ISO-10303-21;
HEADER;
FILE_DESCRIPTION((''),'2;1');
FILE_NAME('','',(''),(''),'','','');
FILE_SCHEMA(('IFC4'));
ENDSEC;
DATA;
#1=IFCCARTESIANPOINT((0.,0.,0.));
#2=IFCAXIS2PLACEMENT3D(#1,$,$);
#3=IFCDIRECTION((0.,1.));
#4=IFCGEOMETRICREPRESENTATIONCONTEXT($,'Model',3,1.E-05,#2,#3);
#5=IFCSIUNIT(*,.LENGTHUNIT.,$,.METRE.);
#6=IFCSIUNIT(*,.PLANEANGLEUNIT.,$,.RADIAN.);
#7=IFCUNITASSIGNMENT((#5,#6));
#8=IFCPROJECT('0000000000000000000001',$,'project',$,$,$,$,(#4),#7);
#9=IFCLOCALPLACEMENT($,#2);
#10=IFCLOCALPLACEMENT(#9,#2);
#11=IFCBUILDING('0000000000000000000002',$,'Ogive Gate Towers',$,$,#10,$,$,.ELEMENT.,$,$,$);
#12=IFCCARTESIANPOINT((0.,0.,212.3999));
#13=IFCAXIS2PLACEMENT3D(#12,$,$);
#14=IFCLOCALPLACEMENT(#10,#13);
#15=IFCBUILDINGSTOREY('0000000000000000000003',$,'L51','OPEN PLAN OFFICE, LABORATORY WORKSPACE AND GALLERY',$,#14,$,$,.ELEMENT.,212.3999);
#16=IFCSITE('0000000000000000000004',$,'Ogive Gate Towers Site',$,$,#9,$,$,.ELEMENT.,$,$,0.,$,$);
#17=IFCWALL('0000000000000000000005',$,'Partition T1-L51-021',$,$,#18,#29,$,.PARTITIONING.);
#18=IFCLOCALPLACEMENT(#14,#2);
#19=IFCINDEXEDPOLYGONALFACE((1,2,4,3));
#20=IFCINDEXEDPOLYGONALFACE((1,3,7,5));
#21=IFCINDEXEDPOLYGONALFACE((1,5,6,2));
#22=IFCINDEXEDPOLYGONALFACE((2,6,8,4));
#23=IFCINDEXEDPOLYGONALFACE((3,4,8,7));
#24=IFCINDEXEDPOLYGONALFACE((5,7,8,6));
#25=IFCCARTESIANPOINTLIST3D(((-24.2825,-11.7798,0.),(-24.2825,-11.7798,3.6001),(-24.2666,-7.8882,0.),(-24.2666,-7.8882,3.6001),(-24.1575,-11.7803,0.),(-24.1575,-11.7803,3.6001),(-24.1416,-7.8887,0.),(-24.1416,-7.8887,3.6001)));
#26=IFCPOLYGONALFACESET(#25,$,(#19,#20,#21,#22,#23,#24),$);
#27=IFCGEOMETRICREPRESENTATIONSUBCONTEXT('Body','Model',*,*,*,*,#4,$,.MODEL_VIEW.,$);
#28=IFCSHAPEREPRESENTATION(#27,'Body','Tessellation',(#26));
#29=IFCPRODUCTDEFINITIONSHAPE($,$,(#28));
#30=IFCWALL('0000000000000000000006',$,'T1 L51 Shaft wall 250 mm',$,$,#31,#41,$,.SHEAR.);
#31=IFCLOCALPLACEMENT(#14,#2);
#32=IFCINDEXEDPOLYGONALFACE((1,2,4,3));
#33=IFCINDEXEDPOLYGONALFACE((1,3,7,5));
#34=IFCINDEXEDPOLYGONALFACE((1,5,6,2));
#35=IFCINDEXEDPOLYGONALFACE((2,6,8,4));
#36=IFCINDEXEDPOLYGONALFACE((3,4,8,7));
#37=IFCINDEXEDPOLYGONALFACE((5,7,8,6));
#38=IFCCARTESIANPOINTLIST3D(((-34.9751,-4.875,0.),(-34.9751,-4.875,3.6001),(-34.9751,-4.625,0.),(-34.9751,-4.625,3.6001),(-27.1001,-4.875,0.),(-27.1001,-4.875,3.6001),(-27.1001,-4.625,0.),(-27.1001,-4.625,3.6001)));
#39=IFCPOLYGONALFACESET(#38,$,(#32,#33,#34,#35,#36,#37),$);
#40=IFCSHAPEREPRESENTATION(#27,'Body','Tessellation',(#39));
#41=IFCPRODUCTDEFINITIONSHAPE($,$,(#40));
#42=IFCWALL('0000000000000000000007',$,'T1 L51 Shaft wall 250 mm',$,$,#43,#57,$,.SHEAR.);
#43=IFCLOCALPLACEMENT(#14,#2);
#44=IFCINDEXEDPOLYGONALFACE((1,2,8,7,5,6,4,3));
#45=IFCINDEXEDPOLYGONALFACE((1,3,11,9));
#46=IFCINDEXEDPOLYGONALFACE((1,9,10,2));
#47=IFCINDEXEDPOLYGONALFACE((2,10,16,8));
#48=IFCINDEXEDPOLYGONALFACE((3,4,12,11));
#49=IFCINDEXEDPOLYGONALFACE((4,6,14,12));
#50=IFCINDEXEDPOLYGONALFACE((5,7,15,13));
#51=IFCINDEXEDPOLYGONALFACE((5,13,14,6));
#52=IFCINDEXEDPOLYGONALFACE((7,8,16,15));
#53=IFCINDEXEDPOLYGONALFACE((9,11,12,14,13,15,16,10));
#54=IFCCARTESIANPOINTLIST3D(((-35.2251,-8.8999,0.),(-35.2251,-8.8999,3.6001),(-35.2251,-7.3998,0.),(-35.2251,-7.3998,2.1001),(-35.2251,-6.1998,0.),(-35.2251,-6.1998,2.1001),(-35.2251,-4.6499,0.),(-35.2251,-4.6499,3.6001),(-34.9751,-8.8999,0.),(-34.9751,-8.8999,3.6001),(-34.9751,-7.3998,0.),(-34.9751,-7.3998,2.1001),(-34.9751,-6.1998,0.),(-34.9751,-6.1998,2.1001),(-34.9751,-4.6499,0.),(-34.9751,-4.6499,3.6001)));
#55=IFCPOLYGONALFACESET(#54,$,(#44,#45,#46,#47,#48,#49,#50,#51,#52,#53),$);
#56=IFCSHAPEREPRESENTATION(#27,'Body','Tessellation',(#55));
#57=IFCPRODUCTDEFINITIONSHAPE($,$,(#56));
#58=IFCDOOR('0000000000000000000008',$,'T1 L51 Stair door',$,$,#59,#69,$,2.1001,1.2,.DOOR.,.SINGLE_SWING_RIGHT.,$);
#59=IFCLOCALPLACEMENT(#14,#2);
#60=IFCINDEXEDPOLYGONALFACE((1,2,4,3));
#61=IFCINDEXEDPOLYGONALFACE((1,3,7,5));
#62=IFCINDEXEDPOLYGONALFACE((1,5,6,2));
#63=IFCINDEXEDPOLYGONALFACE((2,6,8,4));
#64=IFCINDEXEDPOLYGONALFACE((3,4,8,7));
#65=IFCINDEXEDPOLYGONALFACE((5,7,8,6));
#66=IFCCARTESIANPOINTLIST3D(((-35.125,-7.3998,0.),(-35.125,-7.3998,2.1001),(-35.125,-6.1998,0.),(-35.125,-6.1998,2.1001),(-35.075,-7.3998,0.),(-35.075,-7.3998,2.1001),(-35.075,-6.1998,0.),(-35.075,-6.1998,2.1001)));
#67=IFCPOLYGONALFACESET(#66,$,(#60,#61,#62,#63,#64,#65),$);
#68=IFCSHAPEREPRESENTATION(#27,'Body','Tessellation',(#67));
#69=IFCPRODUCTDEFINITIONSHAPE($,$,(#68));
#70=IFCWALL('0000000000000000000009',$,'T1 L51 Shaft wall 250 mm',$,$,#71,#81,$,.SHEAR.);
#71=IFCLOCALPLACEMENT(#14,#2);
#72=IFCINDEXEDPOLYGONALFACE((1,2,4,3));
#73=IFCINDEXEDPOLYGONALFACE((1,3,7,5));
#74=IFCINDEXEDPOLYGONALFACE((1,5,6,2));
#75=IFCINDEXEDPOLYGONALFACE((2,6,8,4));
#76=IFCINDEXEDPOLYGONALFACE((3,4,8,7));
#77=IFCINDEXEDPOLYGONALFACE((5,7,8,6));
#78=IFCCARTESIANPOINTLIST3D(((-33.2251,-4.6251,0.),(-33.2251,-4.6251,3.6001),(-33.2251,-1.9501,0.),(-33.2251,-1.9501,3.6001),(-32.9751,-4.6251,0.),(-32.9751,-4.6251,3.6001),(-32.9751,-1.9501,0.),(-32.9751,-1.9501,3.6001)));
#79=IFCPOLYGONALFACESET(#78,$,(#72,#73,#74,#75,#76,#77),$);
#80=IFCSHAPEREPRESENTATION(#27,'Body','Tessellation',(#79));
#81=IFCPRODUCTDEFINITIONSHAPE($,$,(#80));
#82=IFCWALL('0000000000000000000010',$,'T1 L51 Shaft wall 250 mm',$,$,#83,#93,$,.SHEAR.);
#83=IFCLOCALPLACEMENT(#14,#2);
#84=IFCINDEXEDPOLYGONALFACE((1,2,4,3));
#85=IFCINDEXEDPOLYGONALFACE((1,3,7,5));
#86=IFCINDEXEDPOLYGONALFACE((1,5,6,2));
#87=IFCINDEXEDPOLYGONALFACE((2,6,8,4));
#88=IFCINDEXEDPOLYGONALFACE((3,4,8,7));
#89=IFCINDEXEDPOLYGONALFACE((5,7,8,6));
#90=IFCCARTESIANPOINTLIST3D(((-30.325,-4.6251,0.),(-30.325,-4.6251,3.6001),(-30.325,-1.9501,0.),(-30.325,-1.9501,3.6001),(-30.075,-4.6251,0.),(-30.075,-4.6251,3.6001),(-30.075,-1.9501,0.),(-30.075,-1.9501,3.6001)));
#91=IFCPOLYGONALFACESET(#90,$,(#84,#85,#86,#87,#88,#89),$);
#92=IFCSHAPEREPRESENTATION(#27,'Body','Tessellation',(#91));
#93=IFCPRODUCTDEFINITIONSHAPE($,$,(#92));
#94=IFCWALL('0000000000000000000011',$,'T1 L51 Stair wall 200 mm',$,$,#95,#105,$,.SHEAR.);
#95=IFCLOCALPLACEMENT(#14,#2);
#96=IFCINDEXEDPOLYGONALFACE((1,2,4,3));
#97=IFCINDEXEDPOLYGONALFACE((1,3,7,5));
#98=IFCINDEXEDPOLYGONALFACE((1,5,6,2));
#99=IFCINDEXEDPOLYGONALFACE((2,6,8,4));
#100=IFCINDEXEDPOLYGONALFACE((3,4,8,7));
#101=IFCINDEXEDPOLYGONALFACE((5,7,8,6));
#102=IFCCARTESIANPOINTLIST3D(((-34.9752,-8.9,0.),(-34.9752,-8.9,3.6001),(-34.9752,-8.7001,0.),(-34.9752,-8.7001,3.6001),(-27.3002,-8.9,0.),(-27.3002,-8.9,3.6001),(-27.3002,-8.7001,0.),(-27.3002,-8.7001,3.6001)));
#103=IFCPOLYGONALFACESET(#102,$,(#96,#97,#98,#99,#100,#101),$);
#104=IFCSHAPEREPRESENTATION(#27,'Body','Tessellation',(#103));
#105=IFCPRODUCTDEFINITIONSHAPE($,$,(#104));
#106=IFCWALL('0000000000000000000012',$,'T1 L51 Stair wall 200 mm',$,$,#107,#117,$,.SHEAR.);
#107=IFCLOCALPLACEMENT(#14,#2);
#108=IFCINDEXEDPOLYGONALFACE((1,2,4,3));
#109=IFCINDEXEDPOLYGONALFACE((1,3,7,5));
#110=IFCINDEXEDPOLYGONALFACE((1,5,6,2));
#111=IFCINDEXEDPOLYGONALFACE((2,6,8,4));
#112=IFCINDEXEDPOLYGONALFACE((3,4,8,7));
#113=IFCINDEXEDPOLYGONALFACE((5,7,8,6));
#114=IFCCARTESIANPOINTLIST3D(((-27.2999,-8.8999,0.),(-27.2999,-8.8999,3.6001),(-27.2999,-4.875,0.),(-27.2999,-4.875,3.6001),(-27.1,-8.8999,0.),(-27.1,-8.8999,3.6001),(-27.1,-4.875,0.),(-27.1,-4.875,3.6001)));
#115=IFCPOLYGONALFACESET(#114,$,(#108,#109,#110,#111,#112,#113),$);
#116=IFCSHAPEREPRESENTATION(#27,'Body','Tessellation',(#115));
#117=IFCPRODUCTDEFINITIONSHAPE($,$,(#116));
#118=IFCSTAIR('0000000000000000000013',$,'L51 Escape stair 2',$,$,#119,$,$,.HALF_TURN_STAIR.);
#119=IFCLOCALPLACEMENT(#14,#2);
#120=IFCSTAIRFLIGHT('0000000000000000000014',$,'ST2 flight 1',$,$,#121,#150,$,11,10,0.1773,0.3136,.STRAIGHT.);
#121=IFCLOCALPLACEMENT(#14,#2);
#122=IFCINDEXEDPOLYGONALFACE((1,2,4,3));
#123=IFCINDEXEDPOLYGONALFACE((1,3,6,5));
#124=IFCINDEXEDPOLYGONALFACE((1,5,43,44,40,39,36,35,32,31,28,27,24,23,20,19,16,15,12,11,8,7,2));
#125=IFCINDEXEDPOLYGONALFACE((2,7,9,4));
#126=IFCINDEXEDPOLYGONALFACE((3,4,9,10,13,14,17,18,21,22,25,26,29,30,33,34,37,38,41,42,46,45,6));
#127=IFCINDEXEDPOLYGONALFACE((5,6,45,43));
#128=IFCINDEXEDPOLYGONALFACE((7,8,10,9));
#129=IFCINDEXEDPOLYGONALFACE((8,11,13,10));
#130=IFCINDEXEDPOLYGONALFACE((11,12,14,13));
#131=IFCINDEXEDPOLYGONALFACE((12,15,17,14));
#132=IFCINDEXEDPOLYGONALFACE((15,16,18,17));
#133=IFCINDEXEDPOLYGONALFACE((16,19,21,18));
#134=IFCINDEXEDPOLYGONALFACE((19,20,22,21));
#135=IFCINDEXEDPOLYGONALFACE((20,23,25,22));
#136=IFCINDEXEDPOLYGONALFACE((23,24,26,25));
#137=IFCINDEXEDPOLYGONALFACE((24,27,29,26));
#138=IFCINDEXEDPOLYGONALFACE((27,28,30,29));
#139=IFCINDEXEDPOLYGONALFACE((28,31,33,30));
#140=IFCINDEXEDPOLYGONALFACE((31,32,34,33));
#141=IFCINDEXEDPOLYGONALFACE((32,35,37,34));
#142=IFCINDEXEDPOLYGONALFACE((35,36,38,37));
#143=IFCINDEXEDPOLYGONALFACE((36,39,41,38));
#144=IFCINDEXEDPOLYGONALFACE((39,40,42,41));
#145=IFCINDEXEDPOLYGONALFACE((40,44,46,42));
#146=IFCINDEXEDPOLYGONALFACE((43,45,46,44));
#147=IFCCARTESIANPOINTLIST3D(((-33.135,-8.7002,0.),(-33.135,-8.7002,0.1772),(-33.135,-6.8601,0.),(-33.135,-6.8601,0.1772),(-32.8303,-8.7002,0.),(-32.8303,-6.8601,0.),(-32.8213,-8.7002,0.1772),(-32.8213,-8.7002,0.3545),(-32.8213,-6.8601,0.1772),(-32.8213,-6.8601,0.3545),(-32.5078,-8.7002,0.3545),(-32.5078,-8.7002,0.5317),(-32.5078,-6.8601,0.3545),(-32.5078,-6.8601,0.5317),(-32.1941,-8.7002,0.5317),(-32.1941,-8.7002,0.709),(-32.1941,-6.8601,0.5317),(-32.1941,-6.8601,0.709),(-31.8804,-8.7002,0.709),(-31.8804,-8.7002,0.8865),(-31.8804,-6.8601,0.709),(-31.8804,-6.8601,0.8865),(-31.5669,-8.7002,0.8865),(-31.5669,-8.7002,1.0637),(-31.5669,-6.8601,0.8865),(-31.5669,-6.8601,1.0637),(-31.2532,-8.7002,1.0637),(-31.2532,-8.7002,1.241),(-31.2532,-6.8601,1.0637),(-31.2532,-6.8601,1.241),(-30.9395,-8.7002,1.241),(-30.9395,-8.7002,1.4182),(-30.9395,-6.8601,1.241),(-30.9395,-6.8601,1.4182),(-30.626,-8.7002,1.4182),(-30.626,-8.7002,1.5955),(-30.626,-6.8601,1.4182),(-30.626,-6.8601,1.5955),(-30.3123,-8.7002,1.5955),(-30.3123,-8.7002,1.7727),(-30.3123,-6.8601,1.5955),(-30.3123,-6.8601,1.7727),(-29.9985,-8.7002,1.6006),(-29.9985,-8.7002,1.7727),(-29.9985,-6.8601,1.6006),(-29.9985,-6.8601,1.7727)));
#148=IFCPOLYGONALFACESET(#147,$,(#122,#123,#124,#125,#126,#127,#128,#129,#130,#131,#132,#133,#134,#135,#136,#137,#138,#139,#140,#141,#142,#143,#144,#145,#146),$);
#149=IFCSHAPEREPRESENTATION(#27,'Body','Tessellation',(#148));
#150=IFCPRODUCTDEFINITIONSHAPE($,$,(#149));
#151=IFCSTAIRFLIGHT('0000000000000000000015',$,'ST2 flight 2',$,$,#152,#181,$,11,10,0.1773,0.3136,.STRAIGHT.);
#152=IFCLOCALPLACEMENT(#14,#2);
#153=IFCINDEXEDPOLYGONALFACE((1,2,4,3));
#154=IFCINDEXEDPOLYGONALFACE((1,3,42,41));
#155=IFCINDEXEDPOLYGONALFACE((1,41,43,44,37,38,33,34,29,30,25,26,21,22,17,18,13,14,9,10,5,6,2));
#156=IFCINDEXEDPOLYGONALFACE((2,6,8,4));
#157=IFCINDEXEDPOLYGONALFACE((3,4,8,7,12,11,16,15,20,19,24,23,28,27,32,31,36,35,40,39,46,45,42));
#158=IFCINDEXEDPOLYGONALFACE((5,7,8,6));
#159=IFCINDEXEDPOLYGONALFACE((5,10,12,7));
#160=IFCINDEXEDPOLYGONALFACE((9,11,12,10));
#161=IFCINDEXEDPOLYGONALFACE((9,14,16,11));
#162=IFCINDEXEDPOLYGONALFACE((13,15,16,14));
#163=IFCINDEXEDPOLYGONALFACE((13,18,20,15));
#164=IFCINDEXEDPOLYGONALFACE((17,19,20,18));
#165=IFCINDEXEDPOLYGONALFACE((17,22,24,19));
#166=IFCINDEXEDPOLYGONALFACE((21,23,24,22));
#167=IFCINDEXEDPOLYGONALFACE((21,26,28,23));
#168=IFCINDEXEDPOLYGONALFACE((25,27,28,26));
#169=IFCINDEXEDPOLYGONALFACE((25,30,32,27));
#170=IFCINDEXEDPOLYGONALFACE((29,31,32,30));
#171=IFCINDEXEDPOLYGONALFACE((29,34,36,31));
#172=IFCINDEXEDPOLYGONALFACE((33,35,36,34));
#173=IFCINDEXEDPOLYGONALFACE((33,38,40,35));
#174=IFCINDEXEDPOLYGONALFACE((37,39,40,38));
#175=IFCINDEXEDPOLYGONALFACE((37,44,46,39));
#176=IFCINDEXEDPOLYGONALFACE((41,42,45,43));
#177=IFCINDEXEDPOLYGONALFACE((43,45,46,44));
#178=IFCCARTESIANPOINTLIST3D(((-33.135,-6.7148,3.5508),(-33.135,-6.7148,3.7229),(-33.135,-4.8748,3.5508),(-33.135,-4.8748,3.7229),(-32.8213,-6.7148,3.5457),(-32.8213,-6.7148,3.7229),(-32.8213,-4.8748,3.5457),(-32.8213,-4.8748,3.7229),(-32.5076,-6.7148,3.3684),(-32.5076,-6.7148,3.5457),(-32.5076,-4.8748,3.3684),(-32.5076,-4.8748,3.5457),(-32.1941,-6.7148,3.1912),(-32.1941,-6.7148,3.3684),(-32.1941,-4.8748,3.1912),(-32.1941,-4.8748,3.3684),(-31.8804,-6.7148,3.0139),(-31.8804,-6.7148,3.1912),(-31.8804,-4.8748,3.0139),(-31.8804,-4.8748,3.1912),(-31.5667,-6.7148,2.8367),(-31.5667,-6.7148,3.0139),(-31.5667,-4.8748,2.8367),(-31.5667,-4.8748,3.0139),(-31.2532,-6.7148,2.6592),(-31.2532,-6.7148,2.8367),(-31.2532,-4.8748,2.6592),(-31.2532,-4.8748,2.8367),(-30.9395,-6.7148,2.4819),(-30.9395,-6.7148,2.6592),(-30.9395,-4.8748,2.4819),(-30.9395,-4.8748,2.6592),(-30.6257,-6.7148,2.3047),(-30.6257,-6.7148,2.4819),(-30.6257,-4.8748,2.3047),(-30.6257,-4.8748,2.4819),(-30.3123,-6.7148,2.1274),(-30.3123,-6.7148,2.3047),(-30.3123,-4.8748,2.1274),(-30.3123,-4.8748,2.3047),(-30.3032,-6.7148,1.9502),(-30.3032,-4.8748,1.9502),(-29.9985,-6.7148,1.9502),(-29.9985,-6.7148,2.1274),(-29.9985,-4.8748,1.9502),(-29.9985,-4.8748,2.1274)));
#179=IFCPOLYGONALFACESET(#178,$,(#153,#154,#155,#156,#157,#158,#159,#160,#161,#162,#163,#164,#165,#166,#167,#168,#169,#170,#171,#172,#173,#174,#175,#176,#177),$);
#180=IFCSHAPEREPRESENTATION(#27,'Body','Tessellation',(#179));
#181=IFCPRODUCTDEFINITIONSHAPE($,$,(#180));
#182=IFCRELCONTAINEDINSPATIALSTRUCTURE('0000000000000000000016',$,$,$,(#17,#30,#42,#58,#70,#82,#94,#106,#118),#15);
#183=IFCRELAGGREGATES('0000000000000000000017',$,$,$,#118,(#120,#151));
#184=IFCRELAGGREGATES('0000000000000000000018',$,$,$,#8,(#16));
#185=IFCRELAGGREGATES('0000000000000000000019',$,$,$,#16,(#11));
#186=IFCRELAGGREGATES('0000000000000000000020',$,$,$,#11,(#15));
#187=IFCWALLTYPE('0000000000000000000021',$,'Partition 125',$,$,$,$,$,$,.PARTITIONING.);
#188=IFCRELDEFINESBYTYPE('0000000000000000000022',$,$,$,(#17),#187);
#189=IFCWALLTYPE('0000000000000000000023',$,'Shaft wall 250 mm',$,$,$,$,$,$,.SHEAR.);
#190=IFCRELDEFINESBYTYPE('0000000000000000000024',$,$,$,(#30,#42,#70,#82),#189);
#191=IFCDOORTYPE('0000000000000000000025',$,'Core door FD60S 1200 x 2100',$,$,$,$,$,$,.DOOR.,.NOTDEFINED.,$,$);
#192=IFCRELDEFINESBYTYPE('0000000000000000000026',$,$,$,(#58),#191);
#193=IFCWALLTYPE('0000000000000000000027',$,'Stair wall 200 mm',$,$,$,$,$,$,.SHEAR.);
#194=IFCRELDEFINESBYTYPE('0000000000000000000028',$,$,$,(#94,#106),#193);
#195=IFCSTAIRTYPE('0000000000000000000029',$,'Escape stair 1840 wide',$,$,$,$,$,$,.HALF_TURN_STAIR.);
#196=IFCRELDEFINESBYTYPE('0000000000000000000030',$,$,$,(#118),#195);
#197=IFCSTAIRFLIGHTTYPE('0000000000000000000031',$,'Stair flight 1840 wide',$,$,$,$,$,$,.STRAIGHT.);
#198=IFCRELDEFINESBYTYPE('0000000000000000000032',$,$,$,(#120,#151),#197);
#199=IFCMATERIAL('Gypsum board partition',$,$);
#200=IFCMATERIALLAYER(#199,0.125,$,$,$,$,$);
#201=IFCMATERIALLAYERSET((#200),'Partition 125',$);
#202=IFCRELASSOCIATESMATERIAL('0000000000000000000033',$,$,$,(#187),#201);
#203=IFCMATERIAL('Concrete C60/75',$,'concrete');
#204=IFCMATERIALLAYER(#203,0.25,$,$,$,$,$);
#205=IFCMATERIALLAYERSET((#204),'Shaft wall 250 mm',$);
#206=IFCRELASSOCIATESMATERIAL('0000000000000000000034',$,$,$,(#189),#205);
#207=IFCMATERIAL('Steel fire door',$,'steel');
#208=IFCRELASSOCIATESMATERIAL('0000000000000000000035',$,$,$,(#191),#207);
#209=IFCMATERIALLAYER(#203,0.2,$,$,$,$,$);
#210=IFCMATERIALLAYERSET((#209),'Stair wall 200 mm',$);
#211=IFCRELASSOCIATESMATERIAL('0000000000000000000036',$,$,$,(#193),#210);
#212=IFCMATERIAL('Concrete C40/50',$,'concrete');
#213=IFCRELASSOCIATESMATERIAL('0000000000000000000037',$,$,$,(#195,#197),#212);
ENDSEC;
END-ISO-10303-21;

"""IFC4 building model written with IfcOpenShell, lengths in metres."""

from ifc_helpers import new_model, si_unit, direction, frame, frame_2d, origin, place, context, subcontext, project, spatial, polyline, rectangle, outline, extrude, material, layer, layer_set, type_object, element, fill, aggregate, save


model = new_model("IFC4")

# Units and contexts
model_context = context("Model", 3, precision=1e-05, world=origin(), true_north=direction((0.0, 1.0)))
body_context = subcontext(model_context, "Body", "Model", "MODEL_VIEW")
ifc_project = project(units=[si_unit("LENGTHUNIT", "METRE"), si_unit("PLANEANGLEUNIT", "RADIAN")], contexts=[model_context])

# Site, building, storey
site_placement = place(None, origin())
site = spatial("IfcSite", under=ifc_project, at=site_placement, Name="Ogive Gate Towers Site", CompositionType="ELEMENT", RefElevation=0.0)
building_placement = place(site_placement, origin())
building = spatial("IfcBuilding", under=site, at=building_placement, Name="Ogive Gate Towers", CompositionType="ELEMENT")
storey_placement = place(building_placement, frame((0.0, 0.0, 212.3999)))
storey = spatial("IfcBuildingStorey", under=building, at=storey_placement, Name="L51", Description="OPEN PLAN OFFICE, LABORATORY WORKSPACE AND GALLERY", CompositionType="ELEMENT", Elevation=212.3999)

# Shared definitions
ifc_material_1 = material(Name="Concrete C60/75", Category="concrete")
ifc_material_2 = material(Name="Steel fire door", Category="steel")

# Shared definitions
ifc_material_3 = material(Name="Gypsum board partition")
ifc_layer_1 = layer(ifc_material_3, 0.125)
ifc_layer_set_1 = layer_set([ifc_layer_1], Name="Partition 125")
wall_type_1 = type_object("IfcWallType", Name="Partition 125", PredefinedType="PARTITIONING", material=ifc_layer_set_1)

# Walls
wall_1_placement = place(storey_placement, frame((-24.22, -11.78, 0.0), z_axis=(0.0, 0.0, 1.0), x_axis=(0.004078, 0.999992, 0.0)))
element("IfcWall", 1, at=wall_1_placement, inside=storey, type_object=wall_type_1, Name="Partition T1-L51-021", PredefinedType="PARTITIONING", context=body_context, shape_type="SweptSolid", body=[
    extrude(rectangle(XDim=3.8916, YDim=0.125, at=frame_2d((1.9458, 0.0))), origin(), (0.0, 0.0, 1.0), 3.6001),
])
ifc_layer_2 = layer(ifc_material_1, 0.25)
ifc_layer_set_2 = layer_set([ifc_layer_2], Name="Shaft wall 250 mm")
wall_type_2 = type_object("IfcWallType", Name="Shaft wall 250 mm", PredefinedType="SHEAR", material=ifc_layer_set_2)
wall_2_placement = place(storey_placement, frame((-34.9751, -4.75, 0.0), z_axis=(0.0, 0.0, 1.0), x_axis=(1.0, 0.0, 0.0)))
element("IfcWall", 2, at=wall_2_placement, inside=storey, type_object=wall_type_2, Name="T1 L51 Shaft wall 250 mm", PredefinedType="SHEAR", context=body_context, shape_type="SweptSolid", body=[
    extrude(rectangle(XDim=7.875, YDim=0.25, at=frame_2d((3.9375, 0.0))), origin(), (0.0, 0.0, 1.0), 3.6001),
])

# Wall, opening, door
wall_3_placement = place(storey_placement, frame((-35.1001, -8.8999, 0.0), z_axis=(0.0, 0.0, 1.0), x_axis=(0.0, 1.0, 0.0)))
wall_3 = element("IfcWall", 3, at=wall_3_placement, inside=storey, type_object=wall_type_2, Name="T1 L51 Shaft wall 250 mm", PredefinedType="SHEAR", context=body_context, shape_type="SweptSolid", body=[
    extrude(rectangle(XDim=4.25, YDim=0.25, at=frame_2d((2.125, 0.0))), origin(), (0.0, 0.0, 1.0), 3.6001),
])
opening_1_placement = place(wall_3_placement, frame((1.5, 0.0, 0.0)))
opening_1 = element("IfcOpeningElement", 4, at=opening_1_placement, cuts=wall_3, PredefinedType="OPENING", context=body_context, shape_type="SweptSolid", body=[
    extrude(rectangle(XDim=1.2, YDim=2.1001, at=frame_2d((0.6001, 1.05))), frame((0.0, 0.135, 0.0), z_axis=(0.0, -1.0, 0.0), x_axis=(1.0, 0.0, 0.0)), (0.0, 0.0, 1.0), 0.27),
])
door_type_1 = type_object("IfcDoorType", Name="Core door FD60S 1200 x 2100", OperationType="NOTDEFINED", PredefinedType="DOOR", material=ifc_material_2)
door_1_placement = place(opening_1_placement, origin())
door_1 = element("IfcDoor", 5, at=door_1_placement, inside=storey, type_object=door_type_1, Name="T1 L51 Stair door", OperationType="SINGLE_SWING_RIGHT", OverallHeight=2.1001, OverallWidth=1.2, PredefinedType="DOOR", context=body_context, shape_type="SweptSolid", body=[
    extrude(rectangle(XDim=1.2, YDim=2.1001, at=frame_2d((0.6001, 1.05))), frame((0.0, 0.0249, 0.0), z_axis=(0.0, -1.0, 0.0), x_axis=(1.0, 0.0, 0.0)), (0.0, 0.0, 1.0), 0.05),
])
fill(opening_1, door_1)

# Walls
for number, where, z_axis, x_axis, name in (
    (6, (-33.1001, -4.625, 0.0), (0.0, 0.0, 1.0), (0.0, 1.0, 0.0), "T1 L51 Shaft wall 250 mm"),
    (7, (-30.2, -4.625, 0.0), (0.0, 0.0, 1.0), (0.0, 1.0, 0.0), "T1 L51 Shaft wall 250 mm"),
):
    element("IfcWall", number, at=place(storey_placement, frame(where, z_axis=z_axis, x_axis=x_axis)), inside=storey, type_object=wall_type_2, Name=name, PredefinedType="SHEAR", context=body_context, shape_type="SweptSolid", body=[
        extrude(rectangle(XDim=2.675, YDim=0.25, at=frame_2d((1.3374, 0.0))), origin(), (0.0, 0.0, 1.0), 3.6001),
    ])
ifc_layer_3 = layer(ifc_material_1, 0.2)
ifc_layer_set_3 = layer_set([ifc_layer_3], Name="Stair wall 200 mm")
wall_type_3 = type_object("IfcWallType", Name="Stair wall 200 mm", PredefinedType="SHEAR", material=ifc_layer_set_3)
wall_4_placement = place(storey_placement, frame((-34.9751, -8.8, 0.0), z_axis=(0.0, 0.0, 1.0), x_axis=(1.0, 0.0, 0.0)))
element("IfcWall", 8, at=wall_4_placement, inside=storey, type_object=wall_type_3, Name="T1 L51 Stair wall 200 mm", PredefinedType="SHEAR", context=body_context, shape_type="SweptSolid", body=[
    extrude(rectangle(XDim=7.675, YDim=0.2, at=frame_2d((3.8374, 0.0))), origin(), (0.0, 0.0, 1.0), 3.6001),
])
wall_5_placement = place(storey_placement, frame((-27.2, -8.8999, 0.0), z_axis=(0.0, 0.0, 1.0), x_axis=(0.0, 1.0, 0.0)))
element("IfcWall", 9, at=wall_5_placement, inside=storey, type_object=wall_type_3, Name="T1 L51 Stair wall 200 mm", PredefinedType="SHEAR", context=body_context, shape_type="SweptSolid", body=[
    extrude(rectangle(XDim=4.0249, YDim=0.2, at=frame_2d((2.0125, 0.0))), origin(), (0.0, 0.0, 1.0), 3.6001),
])

# Stair, stair flights
ifc_material_4 = material(Name="Concrete C40/50", Category="concrete")
stair_type = type_object("IfcStairType", Name="Escape stair 1840 wide", PredefinedType="HALF_TURN_STAIR", material=ifc_material_4)
stair_placement = place(storey_placement, origin())
stair = element("IfcStair", 10, at=stair_placement, inside=storey, type_object=stair_type, Name="L51 Escape stair 2", PredefinedType="HALF_TURN_STAIR")
stair_flight_type = type_object("IfcStairFlightType", Name="Stair flight 1840 wide", PredefinedType="STRAIGHT", material=ifc_material_4)
stair_flight_1_placement = place(storey_placement, frame((-33.135, -7.78, 0.0), z_axis=(0.0, 0.0, 1.0), x_axis=(1.0, 0.0, 0.0)))
stair_flight_1 = element("IfcStairFlight", 11, at=stair_flight_1_placement, type_object=stair_flight_type, Name="ST2 flight 1", NumberOfRisers=11, NumberOfTreads=10, PredefinedType="STRAIGHT", RiserHeight=0.1773, TreadLength=0.3136, context=body_context, shape_type="SweptSolid", body=[
    extrude(outline(polyline([(0.0, 0.0), (0.0, 0.1772), (0.3137, 0.1772), (0.3137, 0.3545), (0.6272, 0.3545), (0.6272, 0.5317), (0.9409, 0.5317), (0.9409, 0.709), (1.2546, 0.709), (1.2546, 0.8865), (1.5681, 0.8865), (1.5681, 1.0637), (1.8818, 1.0637), (1.8818, 1.241), (2.1956, 1.241), (2.1956, 1.4182), (2.509, 1.4182), (2.509, 1.5955), (2.8228, 1.5955), (2.8228, 1.7727), (3.1365, 1.7727), (3.1365, 1.95), (3.1365, 1.6006), (0.3047, 0.0), (0.0, 0.0)])), frame((0.0, 0.9199, 0.0), z_axis=(0.0, -1.0, 0.0), x_axis=(1.0, 0.0, 0.0)), (0.0, 0.0, 1.0), 1.8401),
])
stair_flight_2_placement = place(storey_placement, frame((-29.9985, -5.7949, 1.9502), z_axis=(0.0, 0.0, 1.0), x_axis=(-1.0, 0.0, 0.0)))
stair_flight_2 = element("IfcStairFlight", 12, at=stair_flight_2_placement, type_object=stair_flight_type, Name="ST2 flight 2", NumberOfRisers=11, NumberOfTreads=10, PredefinedType="STRAIGHT", RiserHeight=0.1773, TreadLength=0.3136, context=body_context, shape_type="SweptSolid", body=[
    extrude(outline(polyline([(0.0, 0.0), (0.0, 0.1772), (0.3137, 0.1772), (0.3137, 0.3545), (0.6272, 0.3545), (0.6272, 0.5317), (0.9409, 0.5317), (0.9409, 0.709), (1.2546, 0.709), (1.2546, 0.8865), (1.5681, 0.8865), (1.5681, 1.0637), (1.8818, 1.0637), (1.8818, 1.241), (2.1956, 1.241), (2.1956, 1.4182), (2.509, 1.4182), (2.509, 1.5955), (2.8228, 1.5955), (2.8228, 1.7727), (3.1365, 1.7727), (3.1365, 1.95), (3.1365, 1.6006), (0.3047, 0.0), (0.0, 0.0)])), frame((0.0, 0.9199, 0.0), z_axis=(0.0, -1.0, 0.0), x_axis=(1.0, 0.0, 0.0)), (0.0, 0.0, 1.0), 1.8401),
])
aggregate(stair, [stair_flight_1, stair_flight_2])

save(model, "model.ifc")
